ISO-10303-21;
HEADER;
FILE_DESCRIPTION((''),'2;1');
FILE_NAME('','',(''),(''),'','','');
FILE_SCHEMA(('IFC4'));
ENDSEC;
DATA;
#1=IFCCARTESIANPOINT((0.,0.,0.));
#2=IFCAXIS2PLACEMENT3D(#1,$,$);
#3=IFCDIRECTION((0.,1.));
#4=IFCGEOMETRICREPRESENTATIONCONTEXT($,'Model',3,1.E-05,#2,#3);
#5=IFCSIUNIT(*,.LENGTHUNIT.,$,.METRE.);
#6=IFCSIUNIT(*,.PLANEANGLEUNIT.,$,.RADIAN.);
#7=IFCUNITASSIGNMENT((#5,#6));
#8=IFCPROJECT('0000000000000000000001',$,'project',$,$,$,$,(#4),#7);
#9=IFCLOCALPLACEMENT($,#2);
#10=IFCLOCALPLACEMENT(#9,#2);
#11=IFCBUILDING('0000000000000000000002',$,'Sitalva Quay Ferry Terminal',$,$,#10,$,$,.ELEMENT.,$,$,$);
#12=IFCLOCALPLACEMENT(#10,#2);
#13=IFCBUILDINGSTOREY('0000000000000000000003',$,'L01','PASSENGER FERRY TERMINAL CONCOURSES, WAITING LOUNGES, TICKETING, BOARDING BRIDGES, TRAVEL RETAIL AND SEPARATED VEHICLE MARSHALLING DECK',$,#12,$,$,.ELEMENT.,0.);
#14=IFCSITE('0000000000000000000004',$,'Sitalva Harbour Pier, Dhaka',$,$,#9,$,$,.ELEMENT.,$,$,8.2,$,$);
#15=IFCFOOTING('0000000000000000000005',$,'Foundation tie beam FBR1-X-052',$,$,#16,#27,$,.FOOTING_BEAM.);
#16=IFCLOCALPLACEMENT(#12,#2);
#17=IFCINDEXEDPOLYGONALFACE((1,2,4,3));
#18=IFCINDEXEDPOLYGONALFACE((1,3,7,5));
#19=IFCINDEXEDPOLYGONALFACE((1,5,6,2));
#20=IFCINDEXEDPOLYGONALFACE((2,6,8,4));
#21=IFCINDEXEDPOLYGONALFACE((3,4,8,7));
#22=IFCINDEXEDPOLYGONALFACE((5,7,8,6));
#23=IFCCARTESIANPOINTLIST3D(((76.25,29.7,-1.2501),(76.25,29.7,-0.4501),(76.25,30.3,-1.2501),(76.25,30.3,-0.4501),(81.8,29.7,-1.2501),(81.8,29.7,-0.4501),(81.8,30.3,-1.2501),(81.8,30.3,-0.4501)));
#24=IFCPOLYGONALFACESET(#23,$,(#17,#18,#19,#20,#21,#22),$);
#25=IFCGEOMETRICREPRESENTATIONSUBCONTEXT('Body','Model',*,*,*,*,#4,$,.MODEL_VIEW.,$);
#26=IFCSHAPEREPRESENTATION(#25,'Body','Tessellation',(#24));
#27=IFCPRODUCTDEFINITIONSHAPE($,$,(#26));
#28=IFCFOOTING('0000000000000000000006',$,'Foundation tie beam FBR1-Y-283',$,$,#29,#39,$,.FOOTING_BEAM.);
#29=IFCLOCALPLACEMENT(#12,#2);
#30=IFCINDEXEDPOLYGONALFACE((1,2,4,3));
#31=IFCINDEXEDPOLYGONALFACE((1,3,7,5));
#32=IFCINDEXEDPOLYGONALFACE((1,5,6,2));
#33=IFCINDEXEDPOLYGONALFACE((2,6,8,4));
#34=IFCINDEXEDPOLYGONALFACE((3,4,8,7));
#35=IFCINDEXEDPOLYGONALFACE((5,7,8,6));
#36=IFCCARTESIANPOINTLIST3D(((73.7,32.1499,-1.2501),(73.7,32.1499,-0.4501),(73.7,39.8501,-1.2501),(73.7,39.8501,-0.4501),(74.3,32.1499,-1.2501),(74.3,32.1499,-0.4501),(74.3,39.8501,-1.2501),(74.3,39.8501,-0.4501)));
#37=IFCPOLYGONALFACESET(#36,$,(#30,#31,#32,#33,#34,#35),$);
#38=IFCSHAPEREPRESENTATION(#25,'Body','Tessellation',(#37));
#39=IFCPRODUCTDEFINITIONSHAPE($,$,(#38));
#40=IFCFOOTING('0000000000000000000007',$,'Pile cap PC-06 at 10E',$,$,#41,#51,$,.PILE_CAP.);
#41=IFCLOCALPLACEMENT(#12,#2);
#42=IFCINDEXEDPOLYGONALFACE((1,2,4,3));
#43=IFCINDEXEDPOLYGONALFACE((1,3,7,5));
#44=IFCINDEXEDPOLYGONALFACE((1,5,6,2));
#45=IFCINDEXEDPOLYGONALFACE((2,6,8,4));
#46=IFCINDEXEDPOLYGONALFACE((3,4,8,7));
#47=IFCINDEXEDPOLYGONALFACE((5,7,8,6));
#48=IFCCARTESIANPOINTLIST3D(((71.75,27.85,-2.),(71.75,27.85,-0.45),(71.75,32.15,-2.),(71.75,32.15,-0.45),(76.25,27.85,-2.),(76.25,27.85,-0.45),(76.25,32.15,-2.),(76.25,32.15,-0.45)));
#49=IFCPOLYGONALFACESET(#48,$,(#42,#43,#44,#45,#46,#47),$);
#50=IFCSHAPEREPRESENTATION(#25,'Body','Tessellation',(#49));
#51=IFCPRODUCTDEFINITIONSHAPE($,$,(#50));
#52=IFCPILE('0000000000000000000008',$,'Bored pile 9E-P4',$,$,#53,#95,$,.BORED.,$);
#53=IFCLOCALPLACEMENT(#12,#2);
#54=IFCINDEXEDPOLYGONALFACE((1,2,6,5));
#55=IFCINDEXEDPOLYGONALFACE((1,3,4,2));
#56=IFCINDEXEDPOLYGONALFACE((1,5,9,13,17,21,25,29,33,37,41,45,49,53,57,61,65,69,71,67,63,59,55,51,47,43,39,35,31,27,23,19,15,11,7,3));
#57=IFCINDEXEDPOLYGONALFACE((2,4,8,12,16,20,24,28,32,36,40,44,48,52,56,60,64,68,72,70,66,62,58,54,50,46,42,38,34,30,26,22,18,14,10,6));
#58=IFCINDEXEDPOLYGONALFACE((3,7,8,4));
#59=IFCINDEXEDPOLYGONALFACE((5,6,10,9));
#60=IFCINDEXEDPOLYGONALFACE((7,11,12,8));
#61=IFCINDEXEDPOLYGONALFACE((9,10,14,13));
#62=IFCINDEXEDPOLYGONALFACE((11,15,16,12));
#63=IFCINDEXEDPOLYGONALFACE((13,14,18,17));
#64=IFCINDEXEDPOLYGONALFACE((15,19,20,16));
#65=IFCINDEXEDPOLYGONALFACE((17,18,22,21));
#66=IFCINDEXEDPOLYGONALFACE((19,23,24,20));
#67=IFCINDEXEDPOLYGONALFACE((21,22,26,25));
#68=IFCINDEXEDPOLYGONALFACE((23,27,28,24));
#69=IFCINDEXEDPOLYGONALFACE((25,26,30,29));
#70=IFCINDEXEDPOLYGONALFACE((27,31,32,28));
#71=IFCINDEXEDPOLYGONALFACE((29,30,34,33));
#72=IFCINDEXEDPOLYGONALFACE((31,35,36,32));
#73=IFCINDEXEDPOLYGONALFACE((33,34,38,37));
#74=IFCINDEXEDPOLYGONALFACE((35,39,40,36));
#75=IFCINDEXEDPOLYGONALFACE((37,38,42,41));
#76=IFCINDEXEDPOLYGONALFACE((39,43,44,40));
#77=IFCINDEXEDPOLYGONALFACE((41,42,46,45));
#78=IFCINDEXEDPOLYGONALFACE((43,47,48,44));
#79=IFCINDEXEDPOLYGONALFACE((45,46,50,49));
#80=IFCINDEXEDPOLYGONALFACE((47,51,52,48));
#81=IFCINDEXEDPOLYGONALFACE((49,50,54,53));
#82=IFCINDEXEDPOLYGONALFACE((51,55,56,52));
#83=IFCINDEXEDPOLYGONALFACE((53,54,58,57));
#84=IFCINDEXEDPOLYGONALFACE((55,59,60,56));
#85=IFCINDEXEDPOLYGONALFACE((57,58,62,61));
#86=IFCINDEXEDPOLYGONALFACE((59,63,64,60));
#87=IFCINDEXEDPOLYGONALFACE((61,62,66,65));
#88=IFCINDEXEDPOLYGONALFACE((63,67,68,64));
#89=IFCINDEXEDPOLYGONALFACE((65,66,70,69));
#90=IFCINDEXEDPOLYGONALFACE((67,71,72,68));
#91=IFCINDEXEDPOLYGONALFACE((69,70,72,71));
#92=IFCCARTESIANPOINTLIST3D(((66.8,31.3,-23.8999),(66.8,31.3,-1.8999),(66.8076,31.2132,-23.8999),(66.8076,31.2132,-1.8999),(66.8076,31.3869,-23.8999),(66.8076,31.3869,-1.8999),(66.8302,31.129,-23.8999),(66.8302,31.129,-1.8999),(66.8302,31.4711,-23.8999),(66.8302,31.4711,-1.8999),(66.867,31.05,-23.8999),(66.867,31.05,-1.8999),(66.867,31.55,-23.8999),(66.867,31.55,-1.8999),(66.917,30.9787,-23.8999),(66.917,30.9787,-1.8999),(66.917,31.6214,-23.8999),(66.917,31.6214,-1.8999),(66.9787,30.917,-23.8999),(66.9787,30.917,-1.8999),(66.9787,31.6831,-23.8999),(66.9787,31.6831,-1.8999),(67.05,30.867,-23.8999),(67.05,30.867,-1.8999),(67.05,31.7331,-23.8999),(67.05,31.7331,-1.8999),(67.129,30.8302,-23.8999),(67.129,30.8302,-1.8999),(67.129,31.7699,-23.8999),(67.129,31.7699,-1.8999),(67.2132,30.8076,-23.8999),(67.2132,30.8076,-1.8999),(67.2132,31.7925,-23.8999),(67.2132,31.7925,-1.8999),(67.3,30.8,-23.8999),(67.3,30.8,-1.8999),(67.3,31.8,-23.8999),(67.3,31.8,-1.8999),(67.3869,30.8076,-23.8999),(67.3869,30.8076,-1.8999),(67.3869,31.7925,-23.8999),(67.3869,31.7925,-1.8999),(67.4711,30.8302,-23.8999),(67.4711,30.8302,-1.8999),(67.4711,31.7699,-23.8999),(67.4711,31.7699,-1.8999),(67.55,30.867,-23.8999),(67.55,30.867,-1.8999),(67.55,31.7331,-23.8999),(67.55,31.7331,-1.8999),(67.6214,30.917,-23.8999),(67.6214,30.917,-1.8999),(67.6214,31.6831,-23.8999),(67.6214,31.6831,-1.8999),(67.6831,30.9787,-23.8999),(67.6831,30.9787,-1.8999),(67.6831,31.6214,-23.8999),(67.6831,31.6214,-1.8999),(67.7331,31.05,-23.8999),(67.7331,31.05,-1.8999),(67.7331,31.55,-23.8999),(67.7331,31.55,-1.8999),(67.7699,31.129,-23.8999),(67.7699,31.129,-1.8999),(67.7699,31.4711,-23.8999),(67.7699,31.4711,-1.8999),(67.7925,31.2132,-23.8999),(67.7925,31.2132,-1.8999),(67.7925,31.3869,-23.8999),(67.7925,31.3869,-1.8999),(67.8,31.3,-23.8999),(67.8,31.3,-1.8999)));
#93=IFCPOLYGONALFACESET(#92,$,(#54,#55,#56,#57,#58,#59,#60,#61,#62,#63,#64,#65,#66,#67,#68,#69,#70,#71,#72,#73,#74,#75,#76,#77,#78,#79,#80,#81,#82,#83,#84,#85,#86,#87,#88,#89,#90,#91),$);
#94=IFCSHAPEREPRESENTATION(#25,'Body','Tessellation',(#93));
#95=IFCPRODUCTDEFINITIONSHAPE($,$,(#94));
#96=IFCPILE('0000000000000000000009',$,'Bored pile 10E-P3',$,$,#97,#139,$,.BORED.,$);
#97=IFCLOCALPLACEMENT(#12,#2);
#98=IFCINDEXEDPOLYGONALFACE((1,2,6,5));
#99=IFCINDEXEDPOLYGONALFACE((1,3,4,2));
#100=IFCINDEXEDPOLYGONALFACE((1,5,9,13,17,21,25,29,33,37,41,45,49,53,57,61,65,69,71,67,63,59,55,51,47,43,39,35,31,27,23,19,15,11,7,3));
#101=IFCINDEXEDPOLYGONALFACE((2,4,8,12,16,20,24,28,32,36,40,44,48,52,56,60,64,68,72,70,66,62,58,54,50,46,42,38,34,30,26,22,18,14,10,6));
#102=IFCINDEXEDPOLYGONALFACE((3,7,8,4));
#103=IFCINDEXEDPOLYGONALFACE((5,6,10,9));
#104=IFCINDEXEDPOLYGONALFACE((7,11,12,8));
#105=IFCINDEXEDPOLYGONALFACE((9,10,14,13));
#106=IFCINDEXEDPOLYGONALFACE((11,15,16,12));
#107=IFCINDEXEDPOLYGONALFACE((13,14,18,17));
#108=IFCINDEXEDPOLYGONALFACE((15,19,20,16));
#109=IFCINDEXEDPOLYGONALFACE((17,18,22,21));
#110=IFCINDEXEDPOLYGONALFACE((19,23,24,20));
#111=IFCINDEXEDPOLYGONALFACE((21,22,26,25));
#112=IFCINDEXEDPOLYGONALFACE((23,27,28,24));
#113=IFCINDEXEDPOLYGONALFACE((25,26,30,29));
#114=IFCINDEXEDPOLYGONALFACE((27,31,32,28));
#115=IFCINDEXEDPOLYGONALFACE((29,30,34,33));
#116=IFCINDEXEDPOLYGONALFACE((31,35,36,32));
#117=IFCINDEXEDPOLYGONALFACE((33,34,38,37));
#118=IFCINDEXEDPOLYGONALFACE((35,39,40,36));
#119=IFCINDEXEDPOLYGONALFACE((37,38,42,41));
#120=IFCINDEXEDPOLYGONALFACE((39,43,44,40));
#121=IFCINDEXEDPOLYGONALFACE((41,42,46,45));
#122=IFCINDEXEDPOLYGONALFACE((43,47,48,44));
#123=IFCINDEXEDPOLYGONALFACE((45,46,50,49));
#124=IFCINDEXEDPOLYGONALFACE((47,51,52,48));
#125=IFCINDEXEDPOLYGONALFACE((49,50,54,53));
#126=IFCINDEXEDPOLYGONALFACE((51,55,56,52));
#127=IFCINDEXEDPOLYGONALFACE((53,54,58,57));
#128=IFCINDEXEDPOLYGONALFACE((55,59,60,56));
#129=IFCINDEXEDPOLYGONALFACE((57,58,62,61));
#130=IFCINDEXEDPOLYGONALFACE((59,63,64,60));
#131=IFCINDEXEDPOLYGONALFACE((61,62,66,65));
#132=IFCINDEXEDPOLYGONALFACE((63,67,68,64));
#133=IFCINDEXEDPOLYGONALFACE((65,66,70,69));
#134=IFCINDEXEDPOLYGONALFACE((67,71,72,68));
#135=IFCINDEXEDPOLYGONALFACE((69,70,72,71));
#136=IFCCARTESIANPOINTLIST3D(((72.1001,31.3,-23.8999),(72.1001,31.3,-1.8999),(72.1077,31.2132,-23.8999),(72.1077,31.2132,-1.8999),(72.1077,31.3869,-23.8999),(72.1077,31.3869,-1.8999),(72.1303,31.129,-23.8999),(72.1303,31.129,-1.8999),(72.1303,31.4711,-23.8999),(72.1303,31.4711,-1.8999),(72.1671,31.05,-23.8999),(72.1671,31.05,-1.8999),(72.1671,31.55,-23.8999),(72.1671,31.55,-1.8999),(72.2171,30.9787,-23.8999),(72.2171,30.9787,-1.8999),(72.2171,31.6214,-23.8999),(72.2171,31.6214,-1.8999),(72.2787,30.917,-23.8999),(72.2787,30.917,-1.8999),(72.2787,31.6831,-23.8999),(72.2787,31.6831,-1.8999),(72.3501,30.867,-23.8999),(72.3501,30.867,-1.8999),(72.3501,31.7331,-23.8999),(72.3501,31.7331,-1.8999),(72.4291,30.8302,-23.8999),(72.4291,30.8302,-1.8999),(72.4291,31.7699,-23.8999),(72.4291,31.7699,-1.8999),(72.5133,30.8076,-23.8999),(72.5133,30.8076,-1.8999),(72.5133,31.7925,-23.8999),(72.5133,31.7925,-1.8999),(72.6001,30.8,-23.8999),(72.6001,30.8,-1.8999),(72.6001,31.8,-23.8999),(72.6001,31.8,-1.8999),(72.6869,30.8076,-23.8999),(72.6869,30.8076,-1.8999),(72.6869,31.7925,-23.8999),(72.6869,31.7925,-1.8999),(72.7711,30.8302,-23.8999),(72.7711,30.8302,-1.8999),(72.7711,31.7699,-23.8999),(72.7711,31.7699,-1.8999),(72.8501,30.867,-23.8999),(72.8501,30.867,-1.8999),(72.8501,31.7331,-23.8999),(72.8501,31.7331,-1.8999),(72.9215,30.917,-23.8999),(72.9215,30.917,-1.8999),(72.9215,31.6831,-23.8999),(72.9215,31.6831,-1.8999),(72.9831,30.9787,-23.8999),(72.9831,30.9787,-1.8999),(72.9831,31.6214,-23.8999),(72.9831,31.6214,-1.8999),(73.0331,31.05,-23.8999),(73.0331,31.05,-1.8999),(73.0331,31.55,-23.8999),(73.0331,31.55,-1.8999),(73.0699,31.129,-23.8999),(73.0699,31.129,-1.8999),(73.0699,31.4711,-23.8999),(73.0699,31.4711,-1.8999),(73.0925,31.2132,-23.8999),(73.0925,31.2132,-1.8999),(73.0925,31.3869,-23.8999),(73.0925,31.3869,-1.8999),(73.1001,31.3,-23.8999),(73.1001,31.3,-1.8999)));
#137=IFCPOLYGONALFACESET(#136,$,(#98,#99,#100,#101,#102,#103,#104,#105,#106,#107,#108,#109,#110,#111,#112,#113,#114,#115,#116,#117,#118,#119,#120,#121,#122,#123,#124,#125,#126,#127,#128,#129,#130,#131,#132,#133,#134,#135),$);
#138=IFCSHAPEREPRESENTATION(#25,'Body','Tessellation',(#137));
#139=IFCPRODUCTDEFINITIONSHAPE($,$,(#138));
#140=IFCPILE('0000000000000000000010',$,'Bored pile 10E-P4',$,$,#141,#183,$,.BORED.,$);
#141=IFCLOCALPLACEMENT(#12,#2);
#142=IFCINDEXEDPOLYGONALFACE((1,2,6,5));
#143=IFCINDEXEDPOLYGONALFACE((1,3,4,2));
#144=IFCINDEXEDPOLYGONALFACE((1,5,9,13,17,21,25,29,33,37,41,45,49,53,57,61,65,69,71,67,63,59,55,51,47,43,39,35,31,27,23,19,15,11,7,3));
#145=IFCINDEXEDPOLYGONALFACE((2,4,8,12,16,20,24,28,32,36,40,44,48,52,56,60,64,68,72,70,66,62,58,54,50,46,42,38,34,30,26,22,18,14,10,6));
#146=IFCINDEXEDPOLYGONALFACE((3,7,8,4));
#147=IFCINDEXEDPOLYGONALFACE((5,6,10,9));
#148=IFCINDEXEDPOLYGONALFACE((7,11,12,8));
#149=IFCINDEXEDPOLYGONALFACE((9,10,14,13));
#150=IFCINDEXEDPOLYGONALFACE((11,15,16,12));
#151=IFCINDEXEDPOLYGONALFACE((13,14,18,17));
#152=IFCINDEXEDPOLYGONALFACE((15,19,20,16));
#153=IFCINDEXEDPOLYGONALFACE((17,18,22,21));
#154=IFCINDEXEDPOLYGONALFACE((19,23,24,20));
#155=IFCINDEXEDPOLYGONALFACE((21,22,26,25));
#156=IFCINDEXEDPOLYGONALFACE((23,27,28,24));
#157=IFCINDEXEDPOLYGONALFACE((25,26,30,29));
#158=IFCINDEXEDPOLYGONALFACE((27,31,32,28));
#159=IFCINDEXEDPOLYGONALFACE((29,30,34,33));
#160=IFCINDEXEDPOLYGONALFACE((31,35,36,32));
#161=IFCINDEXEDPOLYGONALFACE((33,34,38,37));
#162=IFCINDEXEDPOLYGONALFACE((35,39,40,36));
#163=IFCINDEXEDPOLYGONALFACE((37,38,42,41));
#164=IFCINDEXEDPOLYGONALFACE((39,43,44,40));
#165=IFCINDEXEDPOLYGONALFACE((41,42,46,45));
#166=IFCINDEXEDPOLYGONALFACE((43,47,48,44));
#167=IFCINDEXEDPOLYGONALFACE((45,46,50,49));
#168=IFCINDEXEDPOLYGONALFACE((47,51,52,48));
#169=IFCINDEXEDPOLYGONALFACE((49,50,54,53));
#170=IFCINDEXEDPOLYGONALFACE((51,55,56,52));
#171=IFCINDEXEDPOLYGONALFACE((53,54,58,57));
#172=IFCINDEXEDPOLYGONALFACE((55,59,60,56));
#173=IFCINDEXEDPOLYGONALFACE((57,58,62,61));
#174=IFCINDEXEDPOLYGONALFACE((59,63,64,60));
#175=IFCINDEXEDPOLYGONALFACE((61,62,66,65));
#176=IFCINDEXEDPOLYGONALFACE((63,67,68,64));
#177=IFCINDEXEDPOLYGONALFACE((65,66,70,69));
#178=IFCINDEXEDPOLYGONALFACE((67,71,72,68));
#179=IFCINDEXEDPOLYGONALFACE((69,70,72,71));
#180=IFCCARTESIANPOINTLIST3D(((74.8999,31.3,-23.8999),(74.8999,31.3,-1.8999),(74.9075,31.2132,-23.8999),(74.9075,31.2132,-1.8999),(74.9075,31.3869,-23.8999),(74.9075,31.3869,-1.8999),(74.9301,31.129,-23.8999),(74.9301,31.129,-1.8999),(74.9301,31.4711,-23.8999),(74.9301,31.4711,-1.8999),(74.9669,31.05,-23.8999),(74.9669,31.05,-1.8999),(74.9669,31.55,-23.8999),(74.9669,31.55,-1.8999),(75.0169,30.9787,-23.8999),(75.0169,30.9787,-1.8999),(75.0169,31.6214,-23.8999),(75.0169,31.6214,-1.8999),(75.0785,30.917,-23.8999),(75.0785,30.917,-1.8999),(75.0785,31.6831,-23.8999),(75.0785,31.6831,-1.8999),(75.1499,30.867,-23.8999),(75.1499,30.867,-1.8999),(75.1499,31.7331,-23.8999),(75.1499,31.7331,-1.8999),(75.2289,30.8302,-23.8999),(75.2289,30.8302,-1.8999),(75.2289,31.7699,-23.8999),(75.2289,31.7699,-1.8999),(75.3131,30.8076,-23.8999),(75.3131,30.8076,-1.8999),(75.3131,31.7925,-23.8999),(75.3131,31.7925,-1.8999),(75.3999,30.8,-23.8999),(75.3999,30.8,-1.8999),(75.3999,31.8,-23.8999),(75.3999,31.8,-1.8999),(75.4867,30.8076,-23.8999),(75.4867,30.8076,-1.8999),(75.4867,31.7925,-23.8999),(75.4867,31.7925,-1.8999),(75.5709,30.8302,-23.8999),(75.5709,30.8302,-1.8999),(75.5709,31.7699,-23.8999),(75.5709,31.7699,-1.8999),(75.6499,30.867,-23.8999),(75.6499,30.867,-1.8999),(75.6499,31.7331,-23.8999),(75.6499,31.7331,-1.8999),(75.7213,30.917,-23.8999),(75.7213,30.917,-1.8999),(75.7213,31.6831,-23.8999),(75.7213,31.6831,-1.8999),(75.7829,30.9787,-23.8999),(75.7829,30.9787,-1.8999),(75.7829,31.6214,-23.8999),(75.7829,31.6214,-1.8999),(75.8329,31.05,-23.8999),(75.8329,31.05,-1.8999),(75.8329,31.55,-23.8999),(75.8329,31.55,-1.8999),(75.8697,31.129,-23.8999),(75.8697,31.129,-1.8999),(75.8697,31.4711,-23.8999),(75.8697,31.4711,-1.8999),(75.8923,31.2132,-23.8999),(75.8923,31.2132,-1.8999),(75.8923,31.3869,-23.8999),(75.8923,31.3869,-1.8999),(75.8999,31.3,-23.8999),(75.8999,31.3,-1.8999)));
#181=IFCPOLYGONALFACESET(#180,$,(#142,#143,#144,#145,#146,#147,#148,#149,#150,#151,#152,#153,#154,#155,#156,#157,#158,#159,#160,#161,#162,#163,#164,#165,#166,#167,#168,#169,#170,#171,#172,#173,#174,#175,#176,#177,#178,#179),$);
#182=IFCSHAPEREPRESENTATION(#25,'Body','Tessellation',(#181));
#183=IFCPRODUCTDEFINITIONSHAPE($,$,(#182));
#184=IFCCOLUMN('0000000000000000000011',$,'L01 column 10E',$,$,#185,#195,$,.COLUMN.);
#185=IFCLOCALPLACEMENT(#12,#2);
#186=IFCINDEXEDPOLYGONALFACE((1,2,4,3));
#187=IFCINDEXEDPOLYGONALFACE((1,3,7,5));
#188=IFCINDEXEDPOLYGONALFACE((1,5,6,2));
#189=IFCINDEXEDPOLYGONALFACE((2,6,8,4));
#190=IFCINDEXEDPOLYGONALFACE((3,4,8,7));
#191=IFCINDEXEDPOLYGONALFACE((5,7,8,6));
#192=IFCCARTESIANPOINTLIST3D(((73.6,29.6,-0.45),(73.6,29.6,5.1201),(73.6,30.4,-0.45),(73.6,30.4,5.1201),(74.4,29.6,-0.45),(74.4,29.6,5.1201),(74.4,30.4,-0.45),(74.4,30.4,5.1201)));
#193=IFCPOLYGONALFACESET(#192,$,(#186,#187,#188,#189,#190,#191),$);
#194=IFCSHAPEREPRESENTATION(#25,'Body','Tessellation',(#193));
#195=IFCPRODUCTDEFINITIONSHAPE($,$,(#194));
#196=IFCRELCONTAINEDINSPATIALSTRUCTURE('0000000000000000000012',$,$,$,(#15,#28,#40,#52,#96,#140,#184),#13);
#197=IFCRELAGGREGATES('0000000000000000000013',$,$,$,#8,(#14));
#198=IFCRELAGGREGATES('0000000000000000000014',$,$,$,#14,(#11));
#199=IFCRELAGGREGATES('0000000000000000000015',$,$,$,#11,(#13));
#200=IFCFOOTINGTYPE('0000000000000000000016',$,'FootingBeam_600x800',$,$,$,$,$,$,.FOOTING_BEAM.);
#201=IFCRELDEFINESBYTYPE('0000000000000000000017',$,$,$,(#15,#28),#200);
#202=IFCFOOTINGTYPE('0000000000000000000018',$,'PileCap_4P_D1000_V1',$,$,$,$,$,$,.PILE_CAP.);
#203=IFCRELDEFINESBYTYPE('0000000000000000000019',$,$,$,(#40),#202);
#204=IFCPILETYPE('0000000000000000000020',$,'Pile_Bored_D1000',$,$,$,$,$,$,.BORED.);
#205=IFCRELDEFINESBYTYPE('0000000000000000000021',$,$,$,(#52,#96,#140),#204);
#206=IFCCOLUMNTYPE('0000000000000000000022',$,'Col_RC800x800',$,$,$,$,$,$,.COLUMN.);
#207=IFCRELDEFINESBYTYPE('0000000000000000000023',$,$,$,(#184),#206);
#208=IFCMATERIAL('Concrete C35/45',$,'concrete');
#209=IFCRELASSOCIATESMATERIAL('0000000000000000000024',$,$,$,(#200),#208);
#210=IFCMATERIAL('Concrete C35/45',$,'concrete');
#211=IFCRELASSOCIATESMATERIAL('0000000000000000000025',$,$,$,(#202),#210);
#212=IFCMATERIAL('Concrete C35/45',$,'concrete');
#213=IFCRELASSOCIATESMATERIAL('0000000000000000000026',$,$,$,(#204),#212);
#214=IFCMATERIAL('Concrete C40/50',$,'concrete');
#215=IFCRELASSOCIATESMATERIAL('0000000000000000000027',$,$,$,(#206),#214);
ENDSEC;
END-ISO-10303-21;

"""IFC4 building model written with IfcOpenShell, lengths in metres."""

from ifc_helpers import new_model, si_unit, direction, frame, origin, origin_2d, place, context, subcontext, project, spatial, rectangle, circle, extrude, material, material_profile, profile_set, type_object, element, save


model = new_model("IFC4")

# Units and contexts
model_context = context("Model", 3, precision=1e-05, world=origin(), true_north=direction((0.0, 1.0)))
body_context = subcontext(model_context, "Body", "Model", "MODEL_VIEW")
ifc_project = project(units=[si_unit("LENGTHUNIT", "METRE"), si_unit("PLANEANGLEUNIT", "RADIAN")], contexts=[model_context])

# Site, building, storey
site_placement = place(None, origin())
site = spatial("IfcSite", under=ifc_project, at=site_placement, Name="Sitalva Harbour Pier, Dhaka", CompositionType="ELEMENT", RefElevation=8.2)
building_placement = place(site_placement, origin())
building = spatial("IfcBuilding", under=site, at=building_placement, Name="Sitalva Quay Ferry Terminal", CompositionType="ELEMENT")
storey_placement = place(building_placement, origin())
storey = spatial("IfcBuildingStorey", under=building, at=storey_placement, Name="L01", Description="PASSENGER FERRY TERMINAL CONCOURSES, WAITING LOUNGES, TICKETING, BOARDING BRIDGES, TRAVEL RETAIL AND SEPARATED VEHICLE MARSHALLING DECK", CompositionType="ELEMENT", Elevation=0.0)

# Footings
ifc_material_1 = material(Name="Concrete C35/45", Category="concrete")
ifc_material_profile_1 = material_profile(ifc_material_1, rectangle(XDim=0.6001, YDim=0.8, at=origin_2d()), Name="RC600x800")
ifc_profile_set_1 = profile_set([ifc_material_profile_1], Name="Concrete C35/45")
footing_type_1 = type_object("IfcFootingType", Name="FootingBeam_600x800", PredefinedType="FOOTING_BEAM", material=ifc_profile_set_1)
footing_1_placement = place(storey_placement, frame((76.25, 30.0, -0.8501), z_axis=(1.0, 0.0, 0.0), x_axis=(0.0, 1.0, 0.0)))
element("IfcFooting", 1, at=footing_1_placement, inside=storey, type_object=footing_type_1, Name="Foundation tie beam FBR1-X-052", PredefinedType="FOOTING_BEAM", context=body_context, shape_type="SweptSolid", body=[
    extrude(rectangle(XDim=0.6001, YDim=0.8, at=origin_2d()), origin(), (0.0, 0.0, 1.0), 5.55),
])
footing_2_placement = place(storey_placement, frame((74.0, 32.1499, -0.8501), z_axis=(0.0, 1.0, 0.0), x_axis=(-1.0, 0.0, 0.0)))
element("IfcFooting", 2, at=footing_2_placement, inside=storey, type_object=footing_type_1, Name="Foundation tie beam FBR1-Y-283", PredefinedType="FOOTING_BEAM", context=body_context, shape_type="SweptSolid", body=[
    extrude(rectangle(XDim=0.6001, YDim=0.8, at=origin_2d()), origin(), (0.0, 0.0, 1.0), 7.7002),
])
ifc_material_2 = material(Name="Concrete C35/45", Category="concrete")
footing_type_2 = type_object("IfcFootingType", Name="PileCap_4P_D1000_V1", PredefinedType="PILE_CAP", material=ifc_material_2)
footing_3_placement = place(storey_placement, frame((74.0, 30.0, -2.0), z_axis=(0.0, 0.0, 1.0), x_axis=(1.0, 0.0, 0.0)))
element("IfcFooting", 3, at=footing_3_placement, inside=storey, type_object=footing_type_2, Name="Pile cap PC-06 at 10E", PredefinedType="PILE_CAP", context=body_context, shape_type="SweptSolid", body=[
    extrude(rectangle(XDim=4.5, YDim=4.3, at=origin_2d()), origin(), (0.0, 0.0, 1.0), 1.55),
])

# Piles
ifc_material_3 = material(Name="Concrete C35/45", Category="concrete")
ifc_material_profile_2 = material_profile(ifc_material_3, circle(Radius=0.5, at=origin_2d()), Name="PILE-D1000")
ifc_profile_set_2 = profile_set([ifc_material_profile_2], Name="Concrete C35/45")
pile_type = type_object("IfcPileType", Name="Pile_Bored_D1000", PredefinedType="BORED", material=ifc_profile_set_2)
for number, where, z_axis, x_axis, name in (
    (4, (67.3, 31.3, -1.8999), (0.0, 0.0, -1.0), (1.0, 0.0, 0.0), "Bored pile 9E-P4"),
    (5, (72.6001, 31.3, -1.8999), (0.0, 0.0, -1.0), (1.0, 0.0, 0.0), "Bored pile 10E-P3"),
    (6, (75.3999, 31.3, -1.8999), (0.0, 0.0, -1.0), (1.0, 0.0, 0.0), "Bored pile 10E-P4"),
):
    element("IfcPile", number, at=place(storey_placement, frame(where, z_axis=z_axis, x_axis=x_axis)), inside=storey, type_object=pile_type, Name=name, PredefinedType="BORED", context=body_context, shape_type="SweptSolid", body=[
        extrude(circle(Radius=0.5, at=origin_2d()), origin(), (0.0, 0.0, 1.0), 22.0),
    ])

# Column
ifc_material_4 = material(Name="Concrete C40/50", Category="concrete")
ifc_material_profile_3 = material_profile(ifc_material_4, rectangle(XDim=0.8, YDim=0.8, at=origin_2d()), Name="RC800x800")
ifc_profile_set_3 = profile_set([ifc_material_profile_3], Name="Concrete C40/50")
column_type = type_object("IfcColumnType", Name="Col_RC800x800", PredefinedType="COLUMN", material=ifc_profile_set_3)
column_placement = place(storey_placement, frame((74.0, 30.0, -0.45), z_axis=(0.0, 0.0, 1.0), x_axis=(1.0, 0.0, 0.0)))
element("IfcColumn", 7, at=column_placement, inside=storey, type_object=column_type, Name="L01 column 10E", PredefinedType="COLUMN", context=body_context, shape_type="SweptSolid", body=[
    extrude(rectangle(XDim=0.8, YDim=0.8, at=origin_2d()), origin(), (0.0, 0.0, 1.0), 5.5701),
])

save(model, "model.ifc")
